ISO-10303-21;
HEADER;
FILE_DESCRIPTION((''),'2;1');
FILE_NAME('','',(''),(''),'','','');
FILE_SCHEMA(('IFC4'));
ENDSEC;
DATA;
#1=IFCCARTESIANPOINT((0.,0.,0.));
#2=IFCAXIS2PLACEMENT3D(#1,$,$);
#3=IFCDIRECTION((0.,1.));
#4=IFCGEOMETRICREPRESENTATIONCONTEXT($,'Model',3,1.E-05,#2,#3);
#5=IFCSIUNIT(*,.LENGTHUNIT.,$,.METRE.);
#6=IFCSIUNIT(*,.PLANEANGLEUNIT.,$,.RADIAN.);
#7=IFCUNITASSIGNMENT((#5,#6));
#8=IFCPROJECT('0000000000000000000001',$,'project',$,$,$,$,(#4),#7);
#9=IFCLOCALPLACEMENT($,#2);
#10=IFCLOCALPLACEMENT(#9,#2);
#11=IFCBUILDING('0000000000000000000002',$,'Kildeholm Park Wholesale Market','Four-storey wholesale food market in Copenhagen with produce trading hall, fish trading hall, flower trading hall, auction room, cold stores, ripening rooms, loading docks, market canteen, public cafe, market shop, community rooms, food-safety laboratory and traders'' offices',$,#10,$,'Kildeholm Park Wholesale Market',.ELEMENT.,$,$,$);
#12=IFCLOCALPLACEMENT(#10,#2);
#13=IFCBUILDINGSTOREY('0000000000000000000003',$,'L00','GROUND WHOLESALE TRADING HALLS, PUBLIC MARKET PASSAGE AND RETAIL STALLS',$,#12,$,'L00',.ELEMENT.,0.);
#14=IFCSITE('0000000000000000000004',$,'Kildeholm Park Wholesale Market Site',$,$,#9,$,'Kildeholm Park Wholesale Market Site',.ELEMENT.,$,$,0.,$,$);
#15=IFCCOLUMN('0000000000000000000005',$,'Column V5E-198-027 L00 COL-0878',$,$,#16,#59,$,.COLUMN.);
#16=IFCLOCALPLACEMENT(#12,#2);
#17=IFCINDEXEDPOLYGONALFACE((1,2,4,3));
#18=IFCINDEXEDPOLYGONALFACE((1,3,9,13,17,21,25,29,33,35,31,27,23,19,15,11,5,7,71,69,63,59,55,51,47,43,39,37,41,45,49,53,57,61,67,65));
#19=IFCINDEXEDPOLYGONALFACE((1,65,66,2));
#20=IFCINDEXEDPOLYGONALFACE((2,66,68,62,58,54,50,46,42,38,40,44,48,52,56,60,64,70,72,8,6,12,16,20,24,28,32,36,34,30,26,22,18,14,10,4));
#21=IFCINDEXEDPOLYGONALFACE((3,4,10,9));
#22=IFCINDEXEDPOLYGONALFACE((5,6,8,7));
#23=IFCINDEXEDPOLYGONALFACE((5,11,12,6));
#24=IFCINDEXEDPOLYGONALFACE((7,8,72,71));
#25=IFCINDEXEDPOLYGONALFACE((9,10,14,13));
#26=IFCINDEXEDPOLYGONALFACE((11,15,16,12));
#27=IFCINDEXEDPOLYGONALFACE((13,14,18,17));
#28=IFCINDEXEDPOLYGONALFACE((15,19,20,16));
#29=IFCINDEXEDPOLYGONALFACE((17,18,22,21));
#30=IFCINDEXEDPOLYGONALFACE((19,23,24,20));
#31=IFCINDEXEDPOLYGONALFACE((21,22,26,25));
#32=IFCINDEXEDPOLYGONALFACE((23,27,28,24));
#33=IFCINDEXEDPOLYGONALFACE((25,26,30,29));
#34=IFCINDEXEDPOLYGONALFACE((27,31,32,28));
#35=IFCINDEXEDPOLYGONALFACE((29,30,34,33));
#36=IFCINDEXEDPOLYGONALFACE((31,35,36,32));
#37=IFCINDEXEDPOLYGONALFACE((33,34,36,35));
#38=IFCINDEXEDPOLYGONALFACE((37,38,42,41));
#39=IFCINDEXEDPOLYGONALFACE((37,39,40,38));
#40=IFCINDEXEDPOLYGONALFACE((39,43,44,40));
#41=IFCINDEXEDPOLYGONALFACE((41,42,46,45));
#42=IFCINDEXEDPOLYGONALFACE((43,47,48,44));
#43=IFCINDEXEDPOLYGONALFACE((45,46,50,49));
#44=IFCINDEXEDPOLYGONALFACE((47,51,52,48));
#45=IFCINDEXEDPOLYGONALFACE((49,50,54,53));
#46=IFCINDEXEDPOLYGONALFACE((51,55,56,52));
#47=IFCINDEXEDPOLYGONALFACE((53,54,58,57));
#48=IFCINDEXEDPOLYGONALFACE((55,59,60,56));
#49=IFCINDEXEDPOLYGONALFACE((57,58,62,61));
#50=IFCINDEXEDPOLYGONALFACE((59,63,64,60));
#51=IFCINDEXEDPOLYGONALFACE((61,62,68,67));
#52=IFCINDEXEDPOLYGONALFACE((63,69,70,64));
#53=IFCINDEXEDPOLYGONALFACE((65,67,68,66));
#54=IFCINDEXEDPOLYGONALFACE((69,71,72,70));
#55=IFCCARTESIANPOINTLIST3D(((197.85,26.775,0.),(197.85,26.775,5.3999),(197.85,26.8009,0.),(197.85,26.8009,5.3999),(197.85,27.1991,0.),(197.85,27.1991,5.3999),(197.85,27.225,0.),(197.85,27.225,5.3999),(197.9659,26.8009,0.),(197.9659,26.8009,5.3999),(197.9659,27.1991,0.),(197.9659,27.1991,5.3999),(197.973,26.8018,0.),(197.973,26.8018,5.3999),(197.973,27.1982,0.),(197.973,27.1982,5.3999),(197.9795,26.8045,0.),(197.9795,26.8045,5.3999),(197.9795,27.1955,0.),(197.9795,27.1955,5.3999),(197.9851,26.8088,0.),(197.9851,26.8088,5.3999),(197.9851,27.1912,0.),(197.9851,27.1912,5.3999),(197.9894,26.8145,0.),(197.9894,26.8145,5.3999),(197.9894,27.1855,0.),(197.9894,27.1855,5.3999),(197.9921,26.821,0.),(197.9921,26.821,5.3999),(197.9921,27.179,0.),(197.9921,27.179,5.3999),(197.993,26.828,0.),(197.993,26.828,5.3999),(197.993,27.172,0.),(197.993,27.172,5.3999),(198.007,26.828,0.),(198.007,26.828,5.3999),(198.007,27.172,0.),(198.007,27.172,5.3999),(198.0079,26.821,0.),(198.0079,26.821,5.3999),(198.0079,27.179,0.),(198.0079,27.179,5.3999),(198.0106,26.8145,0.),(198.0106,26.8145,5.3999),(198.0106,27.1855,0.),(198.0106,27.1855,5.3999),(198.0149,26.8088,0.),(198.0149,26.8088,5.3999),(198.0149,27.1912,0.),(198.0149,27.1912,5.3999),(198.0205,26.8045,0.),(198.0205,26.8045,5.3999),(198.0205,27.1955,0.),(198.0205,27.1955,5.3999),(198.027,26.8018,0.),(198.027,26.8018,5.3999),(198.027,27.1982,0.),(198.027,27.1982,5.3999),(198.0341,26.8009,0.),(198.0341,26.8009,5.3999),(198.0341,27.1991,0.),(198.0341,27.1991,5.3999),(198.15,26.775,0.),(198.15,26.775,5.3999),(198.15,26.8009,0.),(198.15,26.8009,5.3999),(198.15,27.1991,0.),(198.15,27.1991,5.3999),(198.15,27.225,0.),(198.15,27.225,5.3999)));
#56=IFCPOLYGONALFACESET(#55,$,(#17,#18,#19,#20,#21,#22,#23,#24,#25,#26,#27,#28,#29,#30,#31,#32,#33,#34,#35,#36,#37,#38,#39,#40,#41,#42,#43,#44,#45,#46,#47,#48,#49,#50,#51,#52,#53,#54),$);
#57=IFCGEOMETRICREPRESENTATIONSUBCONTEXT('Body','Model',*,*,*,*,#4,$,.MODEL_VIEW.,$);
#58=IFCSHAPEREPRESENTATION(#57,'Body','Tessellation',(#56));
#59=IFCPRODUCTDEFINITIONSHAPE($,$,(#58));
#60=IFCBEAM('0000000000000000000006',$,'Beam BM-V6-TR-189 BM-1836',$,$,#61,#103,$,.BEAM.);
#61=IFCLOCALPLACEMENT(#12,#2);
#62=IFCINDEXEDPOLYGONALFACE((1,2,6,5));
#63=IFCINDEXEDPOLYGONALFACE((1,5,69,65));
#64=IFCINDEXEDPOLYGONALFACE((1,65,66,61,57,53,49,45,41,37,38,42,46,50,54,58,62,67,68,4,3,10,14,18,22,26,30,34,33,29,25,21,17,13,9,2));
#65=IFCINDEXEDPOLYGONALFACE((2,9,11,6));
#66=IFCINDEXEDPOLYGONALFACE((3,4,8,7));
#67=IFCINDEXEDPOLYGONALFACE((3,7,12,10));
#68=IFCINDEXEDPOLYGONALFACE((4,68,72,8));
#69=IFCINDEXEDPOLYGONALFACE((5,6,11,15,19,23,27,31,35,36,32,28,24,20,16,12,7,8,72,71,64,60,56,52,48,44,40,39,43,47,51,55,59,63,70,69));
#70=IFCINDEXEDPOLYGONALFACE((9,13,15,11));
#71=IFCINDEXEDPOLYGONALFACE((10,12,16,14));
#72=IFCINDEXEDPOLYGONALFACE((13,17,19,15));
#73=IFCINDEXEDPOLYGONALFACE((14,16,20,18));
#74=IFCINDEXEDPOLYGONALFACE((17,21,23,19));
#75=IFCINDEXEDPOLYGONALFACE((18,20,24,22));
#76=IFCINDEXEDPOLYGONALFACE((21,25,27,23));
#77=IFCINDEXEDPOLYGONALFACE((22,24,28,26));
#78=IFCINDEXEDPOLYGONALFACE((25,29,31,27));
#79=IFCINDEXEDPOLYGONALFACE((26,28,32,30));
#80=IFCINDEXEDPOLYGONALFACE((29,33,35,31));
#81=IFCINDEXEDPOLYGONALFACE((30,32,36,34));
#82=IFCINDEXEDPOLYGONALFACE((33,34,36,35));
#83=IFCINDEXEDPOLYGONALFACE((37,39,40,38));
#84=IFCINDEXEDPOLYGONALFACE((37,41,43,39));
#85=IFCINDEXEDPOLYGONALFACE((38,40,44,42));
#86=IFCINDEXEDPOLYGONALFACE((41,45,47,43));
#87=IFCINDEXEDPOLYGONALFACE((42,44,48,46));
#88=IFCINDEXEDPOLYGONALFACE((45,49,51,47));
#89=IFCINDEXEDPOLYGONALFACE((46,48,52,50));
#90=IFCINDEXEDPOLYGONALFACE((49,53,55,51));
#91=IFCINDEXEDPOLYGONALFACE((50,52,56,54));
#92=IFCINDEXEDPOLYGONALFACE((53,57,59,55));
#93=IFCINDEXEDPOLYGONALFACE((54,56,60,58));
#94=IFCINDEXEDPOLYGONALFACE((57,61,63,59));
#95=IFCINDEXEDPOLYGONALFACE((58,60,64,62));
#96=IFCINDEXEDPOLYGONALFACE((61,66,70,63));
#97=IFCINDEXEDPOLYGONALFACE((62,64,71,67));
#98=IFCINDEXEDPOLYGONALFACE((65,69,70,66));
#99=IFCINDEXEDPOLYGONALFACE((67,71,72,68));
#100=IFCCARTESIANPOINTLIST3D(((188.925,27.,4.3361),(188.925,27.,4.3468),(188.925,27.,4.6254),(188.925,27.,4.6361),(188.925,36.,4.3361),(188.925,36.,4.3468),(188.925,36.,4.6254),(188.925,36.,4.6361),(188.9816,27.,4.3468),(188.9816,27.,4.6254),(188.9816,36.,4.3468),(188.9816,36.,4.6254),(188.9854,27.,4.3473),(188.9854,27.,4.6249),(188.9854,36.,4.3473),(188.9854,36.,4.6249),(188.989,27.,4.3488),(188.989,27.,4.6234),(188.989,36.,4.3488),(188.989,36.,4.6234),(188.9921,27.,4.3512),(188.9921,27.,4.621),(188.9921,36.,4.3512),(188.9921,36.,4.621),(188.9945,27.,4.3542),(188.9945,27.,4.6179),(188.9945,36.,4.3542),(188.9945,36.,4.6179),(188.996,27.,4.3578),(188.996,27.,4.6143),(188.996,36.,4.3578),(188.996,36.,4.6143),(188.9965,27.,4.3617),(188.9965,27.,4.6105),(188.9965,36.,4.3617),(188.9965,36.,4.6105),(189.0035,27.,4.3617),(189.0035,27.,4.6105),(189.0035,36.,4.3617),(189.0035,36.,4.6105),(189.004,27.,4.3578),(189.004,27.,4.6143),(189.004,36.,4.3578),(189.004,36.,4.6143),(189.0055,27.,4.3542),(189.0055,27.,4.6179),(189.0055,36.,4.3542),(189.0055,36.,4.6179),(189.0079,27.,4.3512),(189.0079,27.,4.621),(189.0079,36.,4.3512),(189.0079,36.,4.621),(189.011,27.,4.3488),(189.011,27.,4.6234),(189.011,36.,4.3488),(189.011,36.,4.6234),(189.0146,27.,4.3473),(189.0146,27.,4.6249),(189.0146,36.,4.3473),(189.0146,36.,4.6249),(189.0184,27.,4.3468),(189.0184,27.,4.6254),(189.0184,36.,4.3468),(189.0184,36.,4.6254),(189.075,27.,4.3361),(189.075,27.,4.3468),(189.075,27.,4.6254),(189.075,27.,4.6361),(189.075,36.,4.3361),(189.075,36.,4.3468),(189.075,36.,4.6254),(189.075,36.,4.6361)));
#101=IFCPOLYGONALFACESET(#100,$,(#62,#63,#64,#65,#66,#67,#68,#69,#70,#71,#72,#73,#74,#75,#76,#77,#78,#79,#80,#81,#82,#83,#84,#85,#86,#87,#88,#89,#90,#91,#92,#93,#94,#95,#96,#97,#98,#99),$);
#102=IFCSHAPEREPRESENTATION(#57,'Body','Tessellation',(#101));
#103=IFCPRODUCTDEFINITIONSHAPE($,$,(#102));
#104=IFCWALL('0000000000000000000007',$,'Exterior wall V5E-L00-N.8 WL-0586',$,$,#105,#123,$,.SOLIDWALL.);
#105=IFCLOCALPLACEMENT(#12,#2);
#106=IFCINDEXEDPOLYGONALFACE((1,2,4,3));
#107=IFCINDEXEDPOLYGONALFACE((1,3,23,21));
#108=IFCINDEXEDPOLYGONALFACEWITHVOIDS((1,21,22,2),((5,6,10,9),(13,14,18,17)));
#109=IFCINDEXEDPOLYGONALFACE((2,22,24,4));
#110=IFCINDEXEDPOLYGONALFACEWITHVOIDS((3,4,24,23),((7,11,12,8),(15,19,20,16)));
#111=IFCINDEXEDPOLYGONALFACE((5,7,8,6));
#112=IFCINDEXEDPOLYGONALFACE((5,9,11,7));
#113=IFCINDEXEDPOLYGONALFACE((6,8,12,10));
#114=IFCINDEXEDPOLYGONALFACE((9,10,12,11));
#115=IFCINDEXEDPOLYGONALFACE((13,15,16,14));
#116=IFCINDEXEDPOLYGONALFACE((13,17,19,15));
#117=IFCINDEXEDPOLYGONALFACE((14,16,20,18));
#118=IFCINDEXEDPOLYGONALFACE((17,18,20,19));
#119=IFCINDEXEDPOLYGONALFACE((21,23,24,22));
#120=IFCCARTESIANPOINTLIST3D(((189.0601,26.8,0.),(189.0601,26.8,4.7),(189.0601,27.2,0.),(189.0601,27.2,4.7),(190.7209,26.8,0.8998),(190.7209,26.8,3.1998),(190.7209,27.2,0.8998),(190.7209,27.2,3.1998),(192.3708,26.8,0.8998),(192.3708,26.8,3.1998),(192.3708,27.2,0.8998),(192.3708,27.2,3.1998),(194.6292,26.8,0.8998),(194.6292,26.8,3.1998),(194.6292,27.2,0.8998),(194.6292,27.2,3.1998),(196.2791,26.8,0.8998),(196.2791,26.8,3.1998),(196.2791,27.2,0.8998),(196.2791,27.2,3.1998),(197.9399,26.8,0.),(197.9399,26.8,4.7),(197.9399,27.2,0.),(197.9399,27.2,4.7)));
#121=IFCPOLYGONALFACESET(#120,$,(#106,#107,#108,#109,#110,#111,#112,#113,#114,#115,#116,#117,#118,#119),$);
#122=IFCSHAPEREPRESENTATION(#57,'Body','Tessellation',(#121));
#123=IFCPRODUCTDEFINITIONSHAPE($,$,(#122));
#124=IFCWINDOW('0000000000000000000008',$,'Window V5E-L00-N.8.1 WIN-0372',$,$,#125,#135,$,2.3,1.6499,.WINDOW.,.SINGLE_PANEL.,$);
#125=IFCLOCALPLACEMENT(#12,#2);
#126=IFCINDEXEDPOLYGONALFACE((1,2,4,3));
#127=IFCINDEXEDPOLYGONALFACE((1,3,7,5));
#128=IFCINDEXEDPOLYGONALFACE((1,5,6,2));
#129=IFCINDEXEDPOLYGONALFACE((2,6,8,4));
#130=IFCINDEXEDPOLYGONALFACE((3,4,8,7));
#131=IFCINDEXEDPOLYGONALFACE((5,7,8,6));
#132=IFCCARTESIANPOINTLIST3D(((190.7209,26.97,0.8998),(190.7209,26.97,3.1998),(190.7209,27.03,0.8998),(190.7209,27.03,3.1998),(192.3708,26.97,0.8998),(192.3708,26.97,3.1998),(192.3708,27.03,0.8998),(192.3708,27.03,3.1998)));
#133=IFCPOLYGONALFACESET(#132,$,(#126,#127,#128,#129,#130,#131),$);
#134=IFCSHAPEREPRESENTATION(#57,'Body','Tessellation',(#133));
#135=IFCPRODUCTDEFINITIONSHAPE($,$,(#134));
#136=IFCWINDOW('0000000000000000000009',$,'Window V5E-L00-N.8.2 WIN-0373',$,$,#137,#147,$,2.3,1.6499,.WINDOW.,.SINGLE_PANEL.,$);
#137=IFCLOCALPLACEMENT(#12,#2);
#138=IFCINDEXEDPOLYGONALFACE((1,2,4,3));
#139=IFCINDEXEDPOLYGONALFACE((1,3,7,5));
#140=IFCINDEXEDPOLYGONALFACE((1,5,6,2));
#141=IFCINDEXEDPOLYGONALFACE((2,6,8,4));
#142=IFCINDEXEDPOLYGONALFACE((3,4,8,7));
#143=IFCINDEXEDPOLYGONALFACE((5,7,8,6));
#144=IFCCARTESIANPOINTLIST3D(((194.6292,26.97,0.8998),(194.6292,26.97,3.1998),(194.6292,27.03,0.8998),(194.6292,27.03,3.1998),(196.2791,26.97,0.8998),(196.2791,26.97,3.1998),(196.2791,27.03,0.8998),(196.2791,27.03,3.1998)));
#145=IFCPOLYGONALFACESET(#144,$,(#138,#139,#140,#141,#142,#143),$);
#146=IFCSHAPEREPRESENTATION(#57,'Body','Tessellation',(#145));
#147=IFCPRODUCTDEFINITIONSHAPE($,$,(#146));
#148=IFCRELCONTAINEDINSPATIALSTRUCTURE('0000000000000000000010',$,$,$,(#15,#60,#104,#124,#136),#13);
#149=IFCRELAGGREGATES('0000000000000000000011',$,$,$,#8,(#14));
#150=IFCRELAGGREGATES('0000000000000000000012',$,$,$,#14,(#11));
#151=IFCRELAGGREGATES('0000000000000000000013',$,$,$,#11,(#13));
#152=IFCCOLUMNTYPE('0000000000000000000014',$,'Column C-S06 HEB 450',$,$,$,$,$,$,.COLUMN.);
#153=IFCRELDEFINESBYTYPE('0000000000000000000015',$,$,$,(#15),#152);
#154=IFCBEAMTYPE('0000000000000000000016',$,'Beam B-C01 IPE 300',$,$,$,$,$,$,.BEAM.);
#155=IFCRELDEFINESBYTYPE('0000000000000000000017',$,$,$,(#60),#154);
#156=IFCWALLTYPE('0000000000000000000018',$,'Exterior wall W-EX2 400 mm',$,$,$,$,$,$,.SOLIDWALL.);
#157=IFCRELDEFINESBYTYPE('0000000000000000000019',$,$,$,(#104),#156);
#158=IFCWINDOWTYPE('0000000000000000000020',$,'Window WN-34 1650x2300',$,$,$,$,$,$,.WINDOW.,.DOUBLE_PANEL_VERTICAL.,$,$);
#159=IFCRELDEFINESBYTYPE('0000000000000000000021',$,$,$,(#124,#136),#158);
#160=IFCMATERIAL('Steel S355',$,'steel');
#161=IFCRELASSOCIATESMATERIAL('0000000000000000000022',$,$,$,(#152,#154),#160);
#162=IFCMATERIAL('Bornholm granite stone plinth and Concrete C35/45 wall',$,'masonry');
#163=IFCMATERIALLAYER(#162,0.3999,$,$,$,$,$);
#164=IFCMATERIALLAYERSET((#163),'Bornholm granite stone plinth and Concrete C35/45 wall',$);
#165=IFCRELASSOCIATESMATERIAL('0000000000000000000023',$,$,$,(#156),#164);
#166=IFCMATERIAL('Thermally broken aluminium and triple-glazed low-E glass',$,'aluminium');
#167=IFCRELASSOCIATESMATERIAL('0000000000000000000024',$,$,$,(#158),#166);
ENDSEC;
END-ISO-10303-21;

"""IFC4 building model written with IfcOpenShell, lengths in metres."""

from ifc_helpers import new_model, si_unit, direction, frame, frame_2d, origin, origin_2d, place, context, subcontext, project, spatial, rectangle, i_section, extrude, material, layer, layer_set, material_profile, profile_set, type_object, element, fill, save


model = new_model("IFC4")

# Units and contexts
model_context = context("Model", 3, precision=1e-05, world=origin(), true_north=direction((0.0, 1.0)))
body_context = subcontext(model_context, "Body", "Model", "MODEL_VIEW")
ifc_project = project(units=[si_unit("LENGTHUNIT", "METRE"), si_unit("PLANEANGLEUNIT", "RADIAN")], contexts=[model_context])

# Site, building, storey
site_placement = place(None, origin())
site = spatial("IfcSite", under=ifc_project, at=site_placement, Name="Kildeholm Park Wholesale Market Site", LongName="Kildeholm Park Wholesale Market Site", CompositionType="ELEMENT", RefElevation=0.0)
building_placement = place(site_placement, origin())
building = spatial("IfcBuilding", under=site, at=building_placement, Name="Kildeholm Park Wholesale Market", Description="Four-storey wholesale food market in Copenhagen with produce trading hall, fish trading hall, flower trading hall, auction room, cold stores, ripening rooms, loading docks, market canteen, public cafe, market shop, community rooms, food-safety laboratory and traders' offices", LongName="Kildeholm Park Wholesale Market", CompositionType="ELEMENT")
storey_placement = place(building_placement, origin())
storey = spatial("IfcBuildingStorey", under=building, at=storey_placement, Name="L00", Description="GROUND WHOLESALE TRADING HALLS, PUBLIC MARKET PASSAGE AND RETAIL STALLS", LongName="L00", CompositionType="ELEMENT", Elevation=0.0)

# Column
ifc_material_1 = material(Name="Steel S355", Category="steel")
ifc_material_profile_1 = material_profile(ifc_material_1, i_section(OverallWidth=0.3, OverallDepth=0.45, WebThickness=0.0139, FlangeThickness=0.0259, FilletRadius=0.0271, at=origin_2d()), Name="HEB 450")
ifc_profile_set_1 = profile_set([ifc_material_profile_1], Name="Steel S355")
column_type = type_object("IfcColumnType", Name="Column C-S06 HEB 450", PredefinedType="COLUMN", material=ifc_profile_set_1)
for number, where, z_axis, x_axis, name in (
    (1, (198.0, 27.0, 0.0), (0.0, 0.0, 1.0), (1.0, 0.0, 0.0), "Column V5E-198-027 L00 COL-0878"),
):
    element("IfcColumn", number, at=place(storey_placement, frame(where, z_axis=z_axis, x_axis=x_axis)), inside=storey, type_object=column_type, Name=name, PredefinedType="COLUMN", context=body_context, shape_type="SweptSolid", body=[
        extrude(i_section(OverallWidth=0.3, OverallDepth=0.45, WebThickness=0.0139, FlangeThickness=0.0259, FilletRadius=0.0271, at=origin_2d()), origin(), (0.0, 0.0, 1.0), 5.3999),
    ])

# Beam
ifc_material_profile_2 = material_profile(ifc_material_1, i_section(OverallWidth=0.1499, OverallDepth=0.3, WebThickness=0.0071, FlangeThickness=0.0107, FilletRadius=0.0149, at=origin_2d()), Name="IPE 300")
ifc_profile_set_2 = profile_set([ifc_material_profile_2], Name="Steel S355")
beam_type = type_object("IfcBeamType", Name="Beam B-C01 IPE 300", PredefinedType="BEAM", material=ifc_profile_set_2)
beam_placement = place(storey_placement, frame((189.0, 27.0, 4.4861), z_axis=(0.0, 1.0, 0.0), x_axis=(-1.0, 0.0, 0.0)))
element("IfcBeam", 2, at=beam_placement, inside=storey, type_object=beam_type, Name="Beam BM-V6-TR-189 BM-1836", PredefinedType="BEAM", context=body_context, shape_type="SweptSolid", body=[
    extrude(i_section(OverallWidth=0.1499, OverallDepth=0.3, WebThickness=0.0071, FlangeThickness=0.0107, FilletRadius=0.0149, at=origin_2d()), origin(), (0.0, 0.0, 1.0), 9.0),
])

# Wall, openings, windows
ifc_material_2 = material(Name="Bornholm granite stone plinth and Concrete C35/45 wall", Category="masonry")
ifc_layer = layer(ifc_material_2, 0.3999)
ifc_layer_set = layer_set([ifc_layer], Name="Bornholm granite stone plinth and Concrete C35/45 wall")
wall_type = type_object("IfcWallType", Name="Exterior wall W-EX2 400 mm", PredefinedType="SOLIDWALL", material=ifc_layer_set)
wall_placement = place(storey_placement, frame((189.0601, 27.0, 0.0), z_axis=(0.0, 0.0, 1.0), x_axis=(1.0, 0.0, 0.0)))
wall = element("IfcWall", 3, at=wall_placement, inside=storey, type_object=wall_type, Name="Exterior wall V5E-L00-N.8 WL-0586", PredefinedType="SOLIDWALL", context=body_context, shape_type="SweptSolid", body=[
    extrude(rectangle(XDim=8.8799, YDim=0.3999, at=frame_2d((4.4399, 0.0))), origin(), (0.0, 0.0, 1.0), 4.7),
])
opening_1_placement = place(wall_placement, frame((1.6609, 0.0, 0.8999)))
opening_1 = element("IfcOpeningElement", 4, at=opening_1_placement, cuts=wall, PredefinedType="OPENING", context=body_context, shape_type="SweptSolid", body=[
    extrude(rectangle(XDim=1.6499, YDim=2.3, at=frame_2d((0.825, 1.1499))), frame((0.0, 0.21, 0.0), z_axis=(0.0, -1.0, 0.0), x_axis=(1.0, 0.0, 0.0)), (0.0, 0.0, 1.0), 0.4199),
])
opening_2_placement = place(wall_placement, frame((5.5691, 0.0, 0.8999)))
opening_2 = element("IfcOpeningElement", 5, at=opening_2_placement, cuts=wall, PredefinedType="OPENING", context=body_context, shape_type="SweptSolid", body=[
    extrude(rectangle(XDim=1.6499, YDim=2.3, at=frame_2d((0.825, 1.1499))), frame((0.0, 0.21, 0.0), z_axis=(0.0, -1.0, 0.0), x_axis=(1.0, 0.0, 0.0)), (0.0, 0.0, 1.0), 0.4199),
])
ifc_material_3 = material(Name="Thermally broken aluminium and triple-glazed low-E glass", Category="aluminium")
window_type = type_object("IfcWindowType", Name="Window WN-34 1650x2300", PartitioningType="DOUBLE_PANEL_VERTICAL", PredefinedType="WINDOW", material=ifc_material_3)
window_1_placement = place(opening_1_placement, origin())
window_1 = element("IfcWindow", 6, at=window_1_placement, inside=storey, type_object=window_type, Name="Window V5E-L00-N.8.1 WIN-0372", OverallHeight=2.3, OverallWidth=1.6499, PartitioningType="SINGLE_PANEL", PredefinedType="WINDOW", context=body_context, shape_type="SweptSolid", body=[
    extrude(rectangle(XDim=1.6499, YDim=2.3, at=frame_2d((0.825, 1.1499))), frame((0.0, 0.03, 0.0), z_axis=(0.0, -1.0, 0.0), x_axis=(1.0, 0.0, 0.0)), (0.0, 0.0, 1.0), 0.0601),
])
fill(opening_1, window_1)
window_2_placement = place(opening_2_placement, origin())
window_2 = element("IfcWindow", 7, at=window_2_placement, inside=storey, type_object=window_type, Name="Window V5E-L00-N.8.2 WIN-0373", OverallHeight=2.3, OverallWidth=1.6499, PartitioningType="SINGLE_PANEL", PredefinedType="WINDOW", context=body_context, shape_type="SweptSolid", body=[
    extrude(rectangle(XDim=1.6499, YDim=2.3, at=frame_2d((0.825, 1.1499))), frame((0.0, 0.03, 0.0), z_axis=(0.0, -1.0, 0.0), x_axis=(1.0, 0.0, 0.0)), (0.0, 0.0, 1.0), 0.0601),
])
fill(opening_2, window_2)

save(model, "model.ifc")
